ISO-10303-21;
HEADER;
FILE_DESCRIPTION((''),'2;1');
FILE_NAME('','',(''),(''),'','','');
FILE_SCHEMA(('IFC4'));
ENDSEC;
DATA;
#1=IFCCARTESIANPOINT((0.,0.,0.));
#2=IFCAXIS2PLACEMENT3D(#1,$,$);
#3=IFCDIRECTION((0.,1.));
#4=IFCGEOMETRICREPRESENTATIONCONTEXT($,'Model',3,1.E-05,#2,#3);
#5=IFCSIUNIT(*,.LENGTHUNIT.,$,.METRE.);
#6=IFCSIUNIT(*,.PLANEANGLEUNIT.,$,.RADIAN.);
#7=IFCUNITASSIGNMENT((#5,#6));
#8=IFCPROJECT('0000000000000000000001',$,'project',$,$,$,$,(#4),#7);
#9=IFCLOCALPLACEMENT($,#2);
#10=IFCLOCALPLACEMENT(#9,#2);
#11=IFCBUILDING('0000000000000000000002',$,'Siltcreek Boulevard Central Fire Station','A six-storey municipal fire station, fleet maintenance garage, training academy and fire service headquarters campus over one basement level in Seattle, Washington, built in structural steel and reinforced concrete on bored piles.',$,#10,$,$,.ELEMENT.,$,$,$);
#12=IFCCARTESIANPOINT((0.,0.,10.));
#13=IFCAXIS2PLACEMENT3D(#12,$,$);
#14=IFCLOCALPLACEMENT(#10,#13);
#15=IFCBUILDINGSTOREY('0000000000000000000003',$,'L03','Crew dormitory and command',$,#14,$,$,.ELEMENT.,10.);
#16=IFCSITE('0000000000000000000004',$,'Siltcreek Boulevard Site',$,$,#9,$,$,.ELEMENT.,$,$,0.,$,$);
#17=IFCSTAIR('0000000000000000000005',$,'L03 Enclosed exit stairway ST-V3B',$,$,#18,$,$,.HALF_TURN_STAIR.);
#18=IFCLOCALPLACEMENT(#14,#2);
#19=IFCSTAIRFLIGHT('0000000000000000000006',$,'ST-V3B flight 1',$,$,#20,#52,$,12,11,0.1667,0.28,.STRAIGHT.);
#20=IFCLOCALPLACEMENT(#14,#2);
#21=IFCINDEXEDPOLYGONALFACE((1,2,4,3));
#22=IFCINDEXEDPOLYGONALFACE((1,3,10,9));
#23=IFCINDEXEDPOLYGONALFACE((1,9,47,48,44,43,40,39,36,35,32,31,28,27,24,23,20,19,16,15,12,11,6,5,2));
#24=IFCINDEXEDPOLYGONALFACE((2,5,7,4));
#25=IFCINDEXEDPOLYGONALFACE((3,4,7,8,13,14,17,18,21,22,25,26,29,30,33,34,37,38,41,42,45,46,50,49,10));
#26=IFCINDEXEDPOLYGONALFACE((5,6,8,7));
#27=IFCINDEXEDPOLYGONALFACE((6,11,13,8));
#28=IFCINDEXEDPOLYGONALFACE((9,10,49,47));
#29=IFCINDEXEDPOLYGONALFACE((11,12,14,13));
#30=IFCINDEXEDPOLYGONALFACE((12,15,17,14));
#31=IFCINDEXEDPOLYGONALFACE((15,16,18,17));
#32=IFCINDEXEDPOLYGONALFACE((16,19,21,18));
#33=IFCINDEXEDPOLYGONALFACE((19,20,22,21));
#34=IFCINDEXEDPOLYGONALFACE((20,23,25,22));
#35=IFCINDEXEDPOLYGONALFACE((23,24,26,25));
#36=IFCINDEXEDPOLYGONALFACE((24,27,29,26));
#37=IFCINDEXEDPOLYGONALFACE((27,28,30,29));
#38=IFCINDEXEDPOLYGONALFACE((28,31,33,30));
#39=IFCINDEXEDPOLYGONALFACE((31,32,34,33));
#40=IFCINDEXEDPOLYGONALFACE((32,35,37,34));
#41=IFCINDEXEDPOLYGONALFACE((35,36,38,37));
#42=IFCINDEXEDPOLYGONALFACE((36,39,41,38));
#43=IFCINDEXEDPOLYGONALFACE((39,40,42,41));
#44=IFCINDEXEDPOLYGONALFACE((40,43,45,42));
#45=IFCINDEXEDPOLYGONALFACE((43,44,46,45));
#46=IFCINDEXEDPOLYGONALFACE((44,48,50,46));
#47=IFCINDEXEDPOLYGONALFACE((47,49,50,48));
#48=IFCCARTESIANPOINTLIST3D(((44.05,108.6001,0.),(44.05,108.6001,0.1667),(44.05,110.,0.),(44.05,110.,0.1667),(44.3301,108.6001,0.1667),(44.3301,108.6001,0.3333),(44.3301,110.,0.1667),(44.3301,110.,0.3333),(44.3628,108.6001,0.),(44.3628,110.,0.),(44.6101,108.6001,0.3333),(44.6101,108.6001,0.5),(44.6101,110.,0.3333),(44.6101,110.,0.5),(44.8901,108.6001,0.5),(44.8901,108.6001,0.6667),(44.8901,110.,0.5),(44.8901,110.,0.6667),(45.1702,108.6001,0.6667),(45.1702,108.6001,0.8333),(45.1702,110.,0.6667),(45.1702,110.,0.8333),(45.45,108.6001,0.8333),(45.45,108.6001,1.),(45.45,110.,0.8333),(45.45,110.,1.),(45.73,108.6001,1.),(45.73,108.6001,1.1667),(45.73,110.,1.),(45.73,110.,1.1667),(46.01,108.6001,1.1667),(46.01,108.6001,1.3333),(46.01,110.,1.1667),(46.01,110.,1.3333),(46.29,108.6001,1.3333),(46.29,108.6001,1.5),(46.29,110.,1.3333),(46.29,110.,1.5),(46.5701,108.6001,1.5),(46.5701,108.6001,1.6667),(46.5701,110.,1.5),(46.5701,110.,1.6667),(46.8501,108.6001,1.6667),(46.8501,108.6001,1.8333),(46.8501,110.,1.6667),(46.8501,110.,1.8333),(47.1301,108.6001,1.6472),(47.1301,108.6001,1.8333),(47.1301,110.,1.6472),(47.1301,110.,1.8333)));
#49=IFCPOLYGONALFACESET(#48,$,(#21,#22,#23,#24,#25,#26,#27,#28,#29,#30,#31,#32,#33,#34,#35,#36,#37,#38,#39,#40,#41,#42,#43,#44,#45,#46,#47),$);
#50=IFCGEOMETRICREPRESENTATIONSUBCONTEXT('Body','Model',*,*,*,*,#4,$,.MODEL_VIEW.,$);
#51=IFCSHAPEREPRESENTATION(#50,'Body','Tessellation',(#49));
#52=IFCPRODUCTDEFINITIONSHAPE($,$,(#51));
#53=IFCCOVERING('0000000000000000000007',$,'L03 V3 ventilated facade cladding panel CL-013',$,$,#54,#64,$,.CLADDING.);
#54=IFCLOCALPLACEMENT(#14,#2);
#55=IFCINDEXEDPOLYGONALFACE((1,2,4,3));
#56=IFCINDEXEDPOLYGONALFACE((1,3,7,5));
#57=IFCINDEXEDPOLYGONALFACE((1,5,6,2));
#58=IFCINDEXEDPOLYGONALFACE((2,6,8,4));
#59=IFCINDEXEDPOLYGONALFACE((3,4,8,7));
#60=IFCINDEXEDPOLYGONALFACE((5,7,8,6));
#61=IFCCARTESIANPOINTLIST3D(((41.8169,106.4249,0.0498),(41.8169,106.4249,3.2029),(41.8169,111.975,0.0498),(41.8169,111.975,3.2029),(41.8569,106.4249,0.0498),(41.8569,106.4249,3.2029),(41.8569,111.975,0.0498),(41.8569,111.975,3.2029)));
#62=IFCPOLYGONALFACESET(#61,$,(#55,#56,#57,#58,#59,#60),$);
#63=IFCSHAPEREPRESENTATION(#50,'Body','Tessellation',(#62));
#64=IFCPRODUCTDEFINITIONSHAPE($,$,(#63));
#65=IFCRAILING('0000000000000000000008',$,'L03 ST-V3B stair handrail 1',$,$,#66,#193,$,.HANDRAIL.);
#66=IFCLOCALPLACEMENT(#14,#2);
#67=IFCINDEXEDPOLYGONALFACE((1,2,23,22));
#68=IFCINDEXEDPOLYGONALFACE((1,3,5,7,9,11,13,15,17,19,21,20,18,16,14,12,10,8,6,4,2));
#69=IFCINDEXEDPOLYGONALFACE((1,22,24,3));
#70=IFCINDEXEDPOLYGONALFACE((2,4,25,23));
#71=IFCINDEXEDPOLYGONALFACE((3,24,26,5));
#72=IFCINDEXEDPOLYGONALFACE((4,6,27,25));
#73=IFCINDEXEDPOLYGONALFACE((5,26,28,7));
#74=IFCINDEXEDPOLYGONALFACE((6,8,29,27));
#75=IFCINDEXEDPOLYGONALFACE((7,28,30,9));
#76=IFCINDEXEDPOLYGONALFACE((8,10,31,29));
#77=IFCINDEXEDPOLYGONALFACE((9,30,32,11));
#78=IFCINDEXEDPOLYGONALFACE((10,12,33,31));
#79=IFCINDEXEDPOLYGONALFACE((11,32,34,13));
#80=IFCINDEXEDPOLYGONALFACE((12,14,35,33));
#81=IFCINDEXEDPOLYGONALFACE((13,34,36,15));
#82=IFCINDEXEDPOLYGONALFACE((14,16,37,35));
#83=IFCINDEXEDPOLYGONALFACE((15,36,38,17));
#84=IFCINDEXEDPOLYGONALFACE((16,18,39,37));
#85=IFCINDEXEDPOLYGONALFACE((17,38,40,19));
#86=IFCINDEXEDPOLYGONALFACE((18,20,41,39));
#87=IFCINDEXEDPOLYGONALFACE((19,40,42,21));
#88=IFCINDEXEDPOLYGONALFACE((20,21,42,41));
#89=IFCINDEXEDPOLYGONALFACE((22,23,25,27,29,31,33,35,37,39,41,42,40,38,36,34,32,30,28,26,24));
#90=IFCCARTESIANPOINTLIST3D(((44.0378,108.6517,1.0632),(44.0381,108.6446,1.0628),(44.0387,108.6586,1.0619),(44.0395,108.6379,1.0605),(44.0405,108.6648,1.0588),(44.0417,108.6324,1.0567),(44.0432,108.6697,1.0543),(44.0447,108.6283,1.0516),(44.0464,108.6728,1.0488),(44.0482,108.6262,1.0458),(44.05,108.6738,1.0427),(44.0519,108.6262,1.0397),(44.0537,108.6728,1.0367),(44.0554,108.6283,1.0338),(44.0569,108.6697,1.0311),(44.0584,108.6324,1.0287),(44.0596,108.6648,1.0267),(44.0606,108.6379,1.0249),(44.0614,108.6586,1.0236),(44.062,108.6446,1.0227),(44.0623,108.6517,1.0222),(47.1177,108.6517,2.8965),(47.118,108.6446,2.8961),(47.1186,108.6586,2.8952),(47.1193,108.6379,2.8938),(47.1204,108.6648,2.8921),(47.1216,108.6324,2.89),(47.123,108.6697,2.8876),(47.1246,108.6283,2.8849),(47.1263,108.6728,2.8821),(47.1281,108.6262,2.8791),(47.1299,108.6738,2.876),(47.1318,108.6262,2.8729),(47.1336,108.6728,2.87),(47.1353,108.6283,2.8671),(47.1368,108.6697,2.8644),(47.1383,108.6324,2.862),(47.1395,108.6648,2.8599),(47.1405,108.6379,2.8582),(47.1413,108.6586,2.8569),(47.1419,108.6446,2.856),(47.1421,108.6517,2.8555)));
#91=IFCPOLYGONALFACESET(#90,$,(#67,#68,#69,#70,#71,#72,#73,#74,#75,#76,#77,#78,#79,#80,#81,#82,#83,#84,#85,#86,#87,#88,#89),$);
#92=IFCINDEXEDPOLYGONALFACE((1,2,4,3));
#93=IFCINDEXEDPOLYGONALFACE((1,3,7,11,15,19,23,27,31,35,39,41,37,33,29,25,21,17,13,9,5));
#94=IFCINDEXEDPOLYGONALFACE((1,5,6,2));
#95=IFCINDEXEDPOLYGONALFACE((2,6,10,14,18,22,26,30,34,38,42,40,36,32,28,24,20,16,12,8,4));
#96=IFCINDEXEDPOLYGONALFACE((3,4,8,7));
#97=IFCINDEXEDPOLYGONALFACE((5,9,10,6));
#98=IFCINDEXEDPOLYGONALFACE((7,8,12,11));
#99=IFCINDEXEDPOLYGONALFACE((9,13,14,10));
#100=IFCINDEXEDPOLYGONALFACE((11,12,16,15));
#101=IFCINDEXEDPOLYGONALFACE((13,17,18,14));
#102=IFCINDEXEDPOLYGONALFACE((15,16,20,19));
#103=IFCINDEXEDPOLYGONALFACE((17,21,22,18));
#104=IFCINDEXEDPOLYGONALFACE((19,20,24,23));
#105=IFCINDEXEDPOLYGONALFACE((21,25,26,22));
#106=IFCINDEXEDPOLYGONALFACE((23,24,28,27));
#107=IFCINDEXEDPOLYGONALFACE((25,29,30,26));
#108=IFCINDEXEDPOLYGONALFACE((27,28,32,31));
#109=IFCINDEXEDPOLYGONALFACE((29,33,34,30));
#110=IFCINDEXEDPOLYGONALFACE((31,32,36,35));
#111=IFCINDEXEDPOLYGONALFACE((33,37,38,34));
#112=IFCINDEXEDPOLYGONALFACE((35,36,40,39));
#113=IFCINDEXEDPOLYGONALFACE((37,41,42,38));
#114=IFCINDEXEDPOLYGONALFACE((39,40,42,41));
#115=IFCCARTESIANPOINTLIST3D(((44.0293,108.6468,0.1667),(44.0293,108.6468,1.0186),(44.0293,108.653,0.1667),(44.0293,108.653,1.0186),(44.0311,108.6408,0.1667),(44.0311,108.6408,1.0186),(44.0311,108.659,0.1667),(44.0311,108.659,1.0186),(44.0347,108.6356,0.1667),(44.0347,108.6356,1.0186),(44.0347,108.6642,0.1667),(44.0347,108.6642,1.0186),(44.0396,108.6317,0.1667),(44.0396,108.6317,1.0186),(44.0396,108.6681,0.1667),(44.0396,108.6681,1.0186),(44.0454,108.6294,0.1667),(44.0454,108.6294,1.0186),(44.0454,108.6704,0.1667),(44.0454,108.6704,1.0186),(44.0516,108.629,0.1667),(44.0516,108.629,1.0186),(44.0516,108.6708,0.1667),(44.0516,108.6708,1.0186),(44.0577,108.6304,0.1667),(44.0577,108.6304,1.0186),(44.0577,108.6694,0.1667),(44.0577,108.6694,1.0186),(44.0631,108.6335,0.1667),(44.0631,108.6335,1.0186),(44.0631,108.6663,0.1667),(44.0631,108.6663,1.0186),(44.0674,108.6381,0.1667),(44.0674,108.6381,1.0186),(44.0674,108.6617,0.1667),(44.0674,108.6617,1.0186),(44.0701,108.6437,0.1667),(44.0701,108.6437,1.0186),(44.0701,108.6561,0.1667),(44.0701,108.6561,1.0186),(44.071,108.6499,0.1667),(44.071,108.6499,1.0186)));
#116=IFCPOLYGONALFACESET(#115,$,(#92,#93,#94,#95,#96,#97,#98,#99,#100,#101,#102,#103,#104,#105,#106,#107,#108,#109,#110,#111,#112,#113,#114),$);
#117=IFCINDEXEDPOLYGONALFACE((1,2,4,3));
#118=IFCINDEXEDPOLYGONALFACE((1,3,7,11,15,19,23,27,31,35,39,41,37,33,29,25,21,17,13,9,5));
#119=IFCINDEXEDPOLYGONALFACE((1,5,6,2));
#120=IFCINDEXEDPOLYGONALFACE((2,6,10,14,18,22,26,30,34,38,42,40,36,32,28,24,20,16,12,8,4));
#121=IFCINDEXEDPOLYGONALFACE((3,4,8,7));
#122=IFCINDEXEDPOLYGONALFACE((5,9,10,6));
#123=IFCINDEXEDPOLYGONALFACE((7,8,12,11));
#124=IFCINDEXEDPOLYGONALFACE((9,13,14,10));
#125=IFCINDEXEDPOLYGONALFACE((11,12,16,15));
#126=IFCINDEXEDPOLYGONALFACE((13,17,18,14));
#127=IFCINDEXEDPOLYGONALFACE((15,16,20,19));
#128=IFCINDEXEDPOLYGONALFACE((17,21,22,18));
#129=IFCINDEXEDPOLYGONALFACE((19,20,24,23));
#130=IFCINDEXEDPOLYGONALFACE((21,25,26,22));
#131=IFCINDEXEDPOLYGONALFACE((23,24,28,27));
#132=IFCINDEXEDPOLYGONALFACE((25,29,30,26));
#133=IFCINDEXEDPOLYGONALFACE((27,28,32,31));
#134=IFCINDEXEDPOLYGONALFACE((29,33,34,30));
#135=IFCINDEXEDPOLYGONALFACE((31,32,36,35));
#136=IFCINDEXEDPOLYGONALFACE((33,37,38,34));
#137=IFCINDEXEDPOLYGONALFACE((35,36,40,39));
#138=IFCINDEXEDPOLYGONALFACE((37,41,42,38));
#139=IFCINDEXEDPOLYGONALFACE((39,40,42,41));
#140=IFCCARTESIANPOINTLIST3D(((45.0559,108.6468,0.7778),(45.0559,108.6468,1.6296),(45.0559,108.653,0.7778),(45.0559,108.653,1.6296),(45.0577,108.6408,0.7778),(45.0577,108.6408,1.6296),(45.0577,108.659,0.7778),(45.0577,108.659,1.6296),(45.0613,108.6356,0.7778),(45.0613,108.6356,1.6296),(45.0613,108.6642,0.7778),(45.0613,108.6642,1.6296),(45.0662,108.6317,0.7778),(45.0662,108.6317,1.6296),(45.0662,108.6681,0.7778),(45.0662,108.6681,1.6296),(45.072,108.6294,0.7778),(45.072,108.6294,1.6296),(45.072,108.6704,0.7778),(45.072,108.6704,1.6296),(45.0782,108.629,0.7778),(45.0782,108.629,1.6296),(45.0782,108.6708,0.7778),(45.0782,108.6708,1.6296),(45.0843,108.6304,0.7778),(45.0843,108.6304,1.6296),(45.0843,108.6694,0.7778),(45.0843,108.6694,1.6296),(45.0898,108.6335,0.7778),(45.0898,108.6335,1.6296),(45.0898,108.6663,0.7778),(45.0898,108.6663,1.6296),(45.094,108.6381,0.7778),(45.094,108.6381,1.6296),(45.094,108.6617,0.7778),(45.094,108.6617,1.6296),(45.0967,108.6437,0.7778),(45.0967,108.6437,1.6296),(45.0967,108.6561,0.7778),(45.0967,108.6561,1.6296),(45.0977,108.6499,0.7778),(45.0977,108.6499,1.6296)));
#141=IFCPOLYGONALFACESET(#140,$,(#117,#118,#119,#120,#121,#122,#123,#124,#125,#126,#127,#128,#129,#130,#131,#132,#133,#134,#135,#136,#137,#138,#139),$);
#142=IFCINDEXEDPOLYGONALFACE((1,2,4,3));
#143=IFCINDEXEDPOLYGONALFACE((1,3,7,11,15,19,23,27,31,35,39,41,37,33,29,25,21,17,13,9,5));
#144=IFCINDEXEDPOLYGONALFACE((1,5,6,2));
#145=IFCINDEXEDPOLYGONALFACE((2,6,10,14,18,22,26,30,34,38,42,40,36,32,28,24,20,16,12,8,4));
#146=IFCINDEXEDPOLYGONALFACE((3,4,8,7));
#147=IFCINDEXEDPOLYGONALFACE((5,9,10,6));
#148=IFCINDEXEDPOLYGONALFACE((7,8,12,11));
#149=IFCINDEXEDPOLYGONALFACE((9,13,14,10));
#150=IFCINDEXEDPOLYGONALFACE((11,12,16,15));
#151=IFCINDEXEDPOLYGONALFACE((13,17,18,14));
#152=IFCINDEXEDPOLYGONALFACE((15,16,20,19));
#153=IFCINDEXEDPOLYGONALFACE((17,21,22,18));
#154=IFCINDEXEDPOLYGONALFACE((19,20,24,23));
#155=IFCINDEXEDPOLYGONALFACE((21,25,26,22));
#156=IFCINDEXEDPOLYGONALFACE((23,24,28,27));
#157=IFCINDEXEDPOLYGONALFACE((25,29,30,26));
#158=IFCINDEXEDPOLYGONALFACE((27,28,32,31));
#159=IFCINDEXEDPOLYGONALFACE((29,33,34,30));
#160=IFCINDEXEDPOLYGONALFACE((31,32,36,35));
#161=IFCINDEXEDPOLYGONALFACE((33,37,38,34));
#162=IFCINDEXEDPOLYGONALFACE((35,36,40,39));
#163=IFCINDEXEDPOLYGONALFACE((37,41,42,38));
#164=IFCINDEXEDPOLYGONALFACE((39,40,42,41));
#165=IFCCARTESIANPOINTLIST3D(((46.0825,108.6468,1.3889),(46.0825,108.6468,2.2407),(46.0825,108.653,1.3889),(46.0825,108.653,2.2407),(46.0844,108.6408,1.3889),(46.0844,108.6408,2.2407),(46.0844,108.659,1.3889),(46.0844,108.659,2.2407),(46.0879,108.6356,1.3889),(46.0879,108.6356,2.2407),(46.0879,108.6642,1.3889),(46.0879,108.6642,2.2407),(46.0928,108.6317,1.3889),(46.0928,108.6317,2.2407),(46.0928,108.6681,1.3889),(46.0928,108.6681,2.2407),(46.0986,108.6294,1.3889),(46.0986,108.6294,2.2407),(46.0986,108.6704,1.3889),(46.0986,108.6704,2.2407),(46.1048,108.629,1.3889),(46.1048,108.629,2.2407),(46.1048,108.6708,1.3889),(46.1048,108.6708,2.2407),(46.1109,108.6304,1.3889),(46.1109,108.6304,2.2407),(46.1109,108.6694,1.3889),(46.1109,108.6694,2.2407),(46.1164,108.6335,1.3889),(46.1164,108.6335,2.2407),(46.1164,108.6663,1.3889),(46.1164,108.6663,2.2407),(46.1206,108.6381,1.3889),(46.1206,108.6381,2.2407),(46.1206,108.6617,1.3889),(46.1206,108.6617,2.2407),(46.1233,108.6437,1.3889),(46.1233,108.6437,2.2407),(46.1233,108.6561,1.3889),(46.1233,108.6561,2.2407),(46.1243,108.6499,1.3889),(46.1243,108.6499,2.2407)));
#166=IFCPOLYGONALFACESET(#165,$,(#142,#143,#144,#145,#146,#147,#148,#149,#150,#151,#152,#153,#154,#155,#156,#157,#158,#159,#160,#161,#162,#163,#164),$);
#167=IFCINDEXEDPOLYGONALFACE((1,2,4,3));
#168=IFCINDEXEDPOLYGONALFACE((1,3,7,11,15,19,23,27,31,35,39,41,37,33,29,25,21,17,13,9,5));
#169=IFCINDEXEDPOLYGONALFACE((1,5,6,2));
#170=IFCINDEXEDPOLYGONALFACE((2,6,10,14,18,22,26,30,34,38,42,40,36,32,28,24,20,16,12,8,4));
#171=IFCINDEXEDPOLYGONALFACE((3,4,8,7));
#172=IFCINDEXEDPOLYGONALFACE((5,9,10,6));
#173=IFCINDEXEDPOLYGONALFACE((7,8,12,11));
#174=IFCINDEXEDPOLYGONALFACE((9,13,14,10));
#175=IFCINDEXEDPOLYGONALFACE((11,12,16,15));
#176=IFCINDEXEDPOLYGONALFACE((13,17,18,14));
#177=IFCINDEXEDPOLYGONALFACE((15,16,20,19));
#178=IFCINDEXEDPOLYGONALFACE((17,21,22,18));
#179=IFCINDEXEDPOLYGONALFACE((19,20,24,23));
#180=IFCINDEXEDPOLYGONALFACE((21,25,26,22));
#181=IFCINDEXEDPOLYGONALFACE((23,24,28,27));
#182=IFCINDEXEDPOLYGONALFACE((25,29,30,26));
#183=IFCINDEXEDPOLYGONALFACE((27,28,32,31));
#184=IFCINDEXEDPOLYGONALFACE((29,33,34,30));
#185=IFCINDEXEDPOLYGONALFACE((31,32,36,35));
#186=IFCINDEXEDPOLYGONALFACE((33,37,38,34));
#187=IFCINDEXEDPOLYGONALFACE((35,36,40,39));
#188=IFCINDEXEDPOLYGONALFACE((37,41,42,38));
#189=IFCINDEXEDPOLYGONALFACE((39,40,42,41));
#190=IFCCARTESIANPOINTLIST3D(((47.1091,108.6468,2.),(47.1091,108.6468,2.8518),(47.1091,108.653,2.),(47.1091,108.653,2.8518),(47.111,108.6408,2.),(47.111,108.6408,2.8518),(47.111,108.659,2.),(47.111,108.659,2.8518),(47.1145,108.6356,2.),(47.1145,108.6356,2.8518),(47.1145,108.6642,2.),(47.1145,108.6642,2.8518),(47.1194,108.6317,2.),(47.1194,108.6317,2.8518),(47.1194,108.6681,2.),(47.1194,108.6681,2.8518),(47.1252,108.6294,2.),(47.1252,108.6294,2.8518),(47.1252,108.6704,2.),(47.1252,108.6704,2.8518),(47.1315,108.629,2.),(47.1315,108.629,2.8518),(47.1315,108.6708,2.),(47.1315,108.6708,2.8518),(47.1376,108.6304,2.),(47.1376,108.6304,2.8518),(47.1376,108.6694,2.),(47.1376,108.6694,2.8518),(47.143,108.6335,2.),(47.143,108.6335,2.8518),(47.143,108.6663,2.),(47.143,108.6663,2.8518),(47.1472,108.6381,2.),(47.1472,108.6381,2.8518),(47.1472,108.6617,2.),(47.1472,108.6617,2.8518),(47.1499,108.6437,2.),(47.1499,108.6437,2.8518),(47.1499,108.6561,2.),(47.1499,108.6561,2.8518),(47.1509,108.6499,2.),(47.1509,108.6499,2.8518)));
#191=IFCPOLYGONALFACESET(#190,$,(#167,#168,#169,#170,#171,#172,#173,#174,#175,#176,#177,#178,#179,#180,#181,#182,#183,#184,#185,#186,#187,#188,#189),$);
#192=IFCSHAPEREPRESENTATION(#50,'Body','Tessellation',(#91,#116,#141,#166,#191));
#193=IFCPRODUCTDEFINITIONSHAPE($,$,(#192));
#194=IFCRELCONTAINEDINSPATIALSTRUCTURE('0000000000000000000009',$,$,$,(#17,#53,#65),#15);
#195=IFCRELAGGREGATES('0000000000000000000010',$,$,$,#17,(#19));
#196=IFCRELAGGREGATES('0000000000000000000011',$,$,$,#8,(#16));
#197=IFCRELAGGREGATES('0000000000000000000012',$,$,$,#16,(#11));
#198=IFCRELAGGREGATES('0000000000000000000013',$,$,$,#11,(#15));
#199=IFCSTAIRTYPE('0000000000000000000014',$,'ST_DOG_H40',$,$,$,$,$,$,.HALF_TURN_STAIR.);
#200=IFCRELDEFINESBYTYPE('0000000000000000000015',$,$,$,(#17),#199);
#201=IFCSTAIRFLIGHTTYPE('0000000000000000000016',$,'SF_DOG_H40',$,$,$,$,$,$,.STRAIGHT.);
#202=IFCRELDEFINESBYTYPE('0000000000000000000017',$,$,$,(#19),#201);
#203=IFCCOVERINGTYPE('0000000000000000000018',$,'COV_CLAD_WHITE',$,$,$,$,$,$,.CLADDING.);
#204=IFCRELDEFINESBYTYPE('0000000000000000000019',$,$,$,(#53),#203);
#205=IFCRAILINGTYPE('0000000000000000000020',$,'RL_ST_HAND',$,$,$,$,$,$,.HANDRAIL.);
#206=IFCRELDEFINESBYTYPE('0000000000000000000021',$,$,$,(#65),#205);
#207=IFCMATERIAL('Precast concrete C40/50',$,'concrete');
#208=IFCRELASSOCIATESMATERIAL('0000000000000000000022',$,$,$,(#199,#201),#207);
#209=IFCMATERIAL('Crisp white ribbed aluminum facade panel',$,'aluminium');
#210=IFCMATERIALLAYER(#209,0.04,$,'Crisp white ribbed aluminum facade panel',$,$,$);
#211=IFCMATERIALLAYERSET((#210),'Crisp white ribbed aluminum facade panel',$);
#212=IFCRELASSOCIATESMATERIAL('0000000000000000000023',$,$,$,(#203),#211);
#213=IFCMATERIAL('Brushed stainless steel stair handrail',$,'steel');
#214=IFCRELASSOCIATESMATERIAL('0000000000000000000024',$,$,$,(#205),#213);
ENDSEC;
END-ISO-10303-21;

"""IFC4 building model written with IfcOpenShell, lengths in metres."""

from ifc_helpers import new_model, si_unit, direction, frame, origin, origin_2d, place, context, subcontext, project, spatial, polyline, rectangle, circle, outline, extrude, material, layer, layer_set, type_object, element, aggregate, save


model = new_model("IFC4")

# Units and contexts
model_context = context("Model", 3, precision=1e-05, world=origin(), true_north=direction((0.0, 1.0)))
body_context = subcontext(model_context, "Body", "Model", "MODEL_VIEW")
ifc_project = project(units=[si_unit("LENGTHUNIT", "METRE"), si_unit("PLANEANGLEUNIT", "RADIAN")], contexts=[model_context])

# Site, building, storey
site_placement = place(None, origin())
site = spatial("IfcSite", under=ifc_project, at=site_placement, Name="Siltcreek Boulevard Site", CompositionType="ELEMENT", RefElevation=0.0)
building_placement = place(site_placement, origin())
building = spatial("IfcBuilding", under=site, at=building_placement, Name="Siltcreek Boulevard Central Fire Station", Description="A six-storey municipal fire station, fleet maintenance garage, training academy and fire service headquarters campus over one basement level in Seattle, Washington, built in structural steel and reinforced concrete on bored piles.", CompositionType="ELEMENT")
storey_placement = place(building_placement, frame((0.0, 0.0, 10.0)))
storey = spatial("IfcBuildingStorey", under=building, at=storey_placement, Name="L03", Description="Crew dormitory and command", CompositionType="ELEMENT", Elevation=10.0)

# Stair, stair flight
ifc_material_1 = material(Name="Precast concrete C40/50", Category="concrete")
stair_type = type_object("IfcStairType", Name="ST_DOG_H40", PredefinedType="HALF_TURN_STAIR", material=ifc_material_1)
stair_placement = place(storey_placement, origin())
stair = element("IfcStair", 1, at=stair_placement, inside=storey, type_object=stair_type, Name="L03 Enclosed exit stairway ST-V3B", PredefinedType="HALF_TURN_STAIR")
stair_flight_type = type_object("IfcStairFlightType", Name="SF_DOG_H40", PredefinedType="STRAIGHT", material=ifc_material_1)
stair_flight_placement = place(storey_placement, frame((44.05, 109.3, 0.0), z_axis=(0.0, 0.0, 1.0), x_axis=(1.0, 0.0, 0.0)))
stair_flight = element("IfcStairFlight", 2, at=stair_flight_placement, type_object=stair_flight_type, Name="ST-V3B flight 1", NumberOfRisers=12, NumberOfTreads=11, PredefinedType="STRAIGHT", RiserHeight=0.1667, TreadLength=0.28, context=body_context, shape_type="SweptSolid", body=[
    extrude(outline(polyline([(0.0, 0.0), (0.0, 0.1667), (0.28, 0.1667), (0.28, 0.3333), (0.5601, 0.3333), (0.5601, 0.5), (0.8401, 0.5), (0.8401, 0.6667), (1.1201, 0.6667), (1.1201, 0.8333), (1.3999, 0.8333), (1.3999, 1.0), (1.6799, 1.0), (1.6799, 1.1667), (1.96, 1.1667), (1.96, 1.3333), (2.24, 1.3333), (2.24, 1.5), (2.52, 1.5), (2.52, 1.6667), (2.8, 1.6667), (2.8, 1.8333), (3.0801, 1.8333), (3.0801, 2.0), (3.0801, 1.6472), (0.3127, 0.0), (0.0, 0.0)])), frame((0.0, 0.7, 0.0), z_axis=(0.0, -1.0, 0.0), x_axis=(1.0, 0.0, 0.0)), (0.0, 0.0, 1.0), 1.3999),
])
aggregate(stair, [stair_flight])

# Covering
ifc_material_2 = material(Name="Crisp white ribbed aluminum facade panel", Category="aluminium")
ifc_layer_1 = layer(ifc_material_2, 0.04, Name="Crisp white ribbed aluminum facade panel")
ifc_layer_set_1 = layer_set([ifc_layer_1], Name="Crisp white ribbed aluminum facade panel")
covering_type = type_object("IfcCoveringType", Name="COV_CLAD_WHITE", PredefinedType="CLADDING", material=ifc_layer_set_1)
covering_placement = place(storey_placement, frame((41.8369, 109.2, 0.0498), z_axis=(0.0, 0.0, 1.0), x_axis=(0.0, -1.0, 0.0)))
element("IfcCovering", 3, at=covering_placement, inside=storey, type_object=covering_type, Name="L03 V3 ventilated facade cladding panel CL-013", PredefinedType="CLADDING", context=body_context, shape_type="SweptSolid", body=[
    extrude(rectangle(XDim=5.55, YDim=0.04, at=origin_2d()), origin(), (0.0, 0.0, 1.0), 3.1531),
])

# Railing
ifc_material_3 = material(Name="Brushed stainless steel stair handrail", Category="steel")
railing_type = type_object("IfcRailingType", Name="RL_ST_HAND", PredefinedType="HANDRAIL", material=ifc_material_3)
railing_placement = place(storey_placement, frame((44.05, 108.6499, 0.1667)))
element("IfcRailing", 4, at=railing_placement, inside=storey, type_object=railing_type, Name="L03 ST-V3B stair handrail 1", PredefinedType="HANDRAIL", context=body_context, shape_type="SweptSolid", body=[
    extrude(circle(Radius=0.0239, at=origin_2d()), frame((0.0, 0.0, 0.876), z_axis=(0.859291, 0.0, 0.511487), x_axis=(0.0, 1.0, 0.0)), (0.0, 0.0, 1.0), 3.5842),
    extrude(circle(Radius=0.021, at=origin_2d()), origin(), (0.0, 0.0, 1.0), 0.8518),
    extrude(circle(Radius=0.021, at=origin_2d()), frame((1.0266, 0.0, 0.6111)), (0.0, 0.0, 1.0), 0.8518),
    extrude(circle(Radius=0.021, at=origin_2d()), frame((2.0532, 0.0, 1.2222)), (0.0, 0.0, 1.0), 0.8518),
    extrude(circle(Radius=0.021, at=origin_2d()), frame((3.0798, 0.0, 1.8333)), (0.0, 0.0, 1.0), 0.8518),
])

save(model, "model.ifc")
